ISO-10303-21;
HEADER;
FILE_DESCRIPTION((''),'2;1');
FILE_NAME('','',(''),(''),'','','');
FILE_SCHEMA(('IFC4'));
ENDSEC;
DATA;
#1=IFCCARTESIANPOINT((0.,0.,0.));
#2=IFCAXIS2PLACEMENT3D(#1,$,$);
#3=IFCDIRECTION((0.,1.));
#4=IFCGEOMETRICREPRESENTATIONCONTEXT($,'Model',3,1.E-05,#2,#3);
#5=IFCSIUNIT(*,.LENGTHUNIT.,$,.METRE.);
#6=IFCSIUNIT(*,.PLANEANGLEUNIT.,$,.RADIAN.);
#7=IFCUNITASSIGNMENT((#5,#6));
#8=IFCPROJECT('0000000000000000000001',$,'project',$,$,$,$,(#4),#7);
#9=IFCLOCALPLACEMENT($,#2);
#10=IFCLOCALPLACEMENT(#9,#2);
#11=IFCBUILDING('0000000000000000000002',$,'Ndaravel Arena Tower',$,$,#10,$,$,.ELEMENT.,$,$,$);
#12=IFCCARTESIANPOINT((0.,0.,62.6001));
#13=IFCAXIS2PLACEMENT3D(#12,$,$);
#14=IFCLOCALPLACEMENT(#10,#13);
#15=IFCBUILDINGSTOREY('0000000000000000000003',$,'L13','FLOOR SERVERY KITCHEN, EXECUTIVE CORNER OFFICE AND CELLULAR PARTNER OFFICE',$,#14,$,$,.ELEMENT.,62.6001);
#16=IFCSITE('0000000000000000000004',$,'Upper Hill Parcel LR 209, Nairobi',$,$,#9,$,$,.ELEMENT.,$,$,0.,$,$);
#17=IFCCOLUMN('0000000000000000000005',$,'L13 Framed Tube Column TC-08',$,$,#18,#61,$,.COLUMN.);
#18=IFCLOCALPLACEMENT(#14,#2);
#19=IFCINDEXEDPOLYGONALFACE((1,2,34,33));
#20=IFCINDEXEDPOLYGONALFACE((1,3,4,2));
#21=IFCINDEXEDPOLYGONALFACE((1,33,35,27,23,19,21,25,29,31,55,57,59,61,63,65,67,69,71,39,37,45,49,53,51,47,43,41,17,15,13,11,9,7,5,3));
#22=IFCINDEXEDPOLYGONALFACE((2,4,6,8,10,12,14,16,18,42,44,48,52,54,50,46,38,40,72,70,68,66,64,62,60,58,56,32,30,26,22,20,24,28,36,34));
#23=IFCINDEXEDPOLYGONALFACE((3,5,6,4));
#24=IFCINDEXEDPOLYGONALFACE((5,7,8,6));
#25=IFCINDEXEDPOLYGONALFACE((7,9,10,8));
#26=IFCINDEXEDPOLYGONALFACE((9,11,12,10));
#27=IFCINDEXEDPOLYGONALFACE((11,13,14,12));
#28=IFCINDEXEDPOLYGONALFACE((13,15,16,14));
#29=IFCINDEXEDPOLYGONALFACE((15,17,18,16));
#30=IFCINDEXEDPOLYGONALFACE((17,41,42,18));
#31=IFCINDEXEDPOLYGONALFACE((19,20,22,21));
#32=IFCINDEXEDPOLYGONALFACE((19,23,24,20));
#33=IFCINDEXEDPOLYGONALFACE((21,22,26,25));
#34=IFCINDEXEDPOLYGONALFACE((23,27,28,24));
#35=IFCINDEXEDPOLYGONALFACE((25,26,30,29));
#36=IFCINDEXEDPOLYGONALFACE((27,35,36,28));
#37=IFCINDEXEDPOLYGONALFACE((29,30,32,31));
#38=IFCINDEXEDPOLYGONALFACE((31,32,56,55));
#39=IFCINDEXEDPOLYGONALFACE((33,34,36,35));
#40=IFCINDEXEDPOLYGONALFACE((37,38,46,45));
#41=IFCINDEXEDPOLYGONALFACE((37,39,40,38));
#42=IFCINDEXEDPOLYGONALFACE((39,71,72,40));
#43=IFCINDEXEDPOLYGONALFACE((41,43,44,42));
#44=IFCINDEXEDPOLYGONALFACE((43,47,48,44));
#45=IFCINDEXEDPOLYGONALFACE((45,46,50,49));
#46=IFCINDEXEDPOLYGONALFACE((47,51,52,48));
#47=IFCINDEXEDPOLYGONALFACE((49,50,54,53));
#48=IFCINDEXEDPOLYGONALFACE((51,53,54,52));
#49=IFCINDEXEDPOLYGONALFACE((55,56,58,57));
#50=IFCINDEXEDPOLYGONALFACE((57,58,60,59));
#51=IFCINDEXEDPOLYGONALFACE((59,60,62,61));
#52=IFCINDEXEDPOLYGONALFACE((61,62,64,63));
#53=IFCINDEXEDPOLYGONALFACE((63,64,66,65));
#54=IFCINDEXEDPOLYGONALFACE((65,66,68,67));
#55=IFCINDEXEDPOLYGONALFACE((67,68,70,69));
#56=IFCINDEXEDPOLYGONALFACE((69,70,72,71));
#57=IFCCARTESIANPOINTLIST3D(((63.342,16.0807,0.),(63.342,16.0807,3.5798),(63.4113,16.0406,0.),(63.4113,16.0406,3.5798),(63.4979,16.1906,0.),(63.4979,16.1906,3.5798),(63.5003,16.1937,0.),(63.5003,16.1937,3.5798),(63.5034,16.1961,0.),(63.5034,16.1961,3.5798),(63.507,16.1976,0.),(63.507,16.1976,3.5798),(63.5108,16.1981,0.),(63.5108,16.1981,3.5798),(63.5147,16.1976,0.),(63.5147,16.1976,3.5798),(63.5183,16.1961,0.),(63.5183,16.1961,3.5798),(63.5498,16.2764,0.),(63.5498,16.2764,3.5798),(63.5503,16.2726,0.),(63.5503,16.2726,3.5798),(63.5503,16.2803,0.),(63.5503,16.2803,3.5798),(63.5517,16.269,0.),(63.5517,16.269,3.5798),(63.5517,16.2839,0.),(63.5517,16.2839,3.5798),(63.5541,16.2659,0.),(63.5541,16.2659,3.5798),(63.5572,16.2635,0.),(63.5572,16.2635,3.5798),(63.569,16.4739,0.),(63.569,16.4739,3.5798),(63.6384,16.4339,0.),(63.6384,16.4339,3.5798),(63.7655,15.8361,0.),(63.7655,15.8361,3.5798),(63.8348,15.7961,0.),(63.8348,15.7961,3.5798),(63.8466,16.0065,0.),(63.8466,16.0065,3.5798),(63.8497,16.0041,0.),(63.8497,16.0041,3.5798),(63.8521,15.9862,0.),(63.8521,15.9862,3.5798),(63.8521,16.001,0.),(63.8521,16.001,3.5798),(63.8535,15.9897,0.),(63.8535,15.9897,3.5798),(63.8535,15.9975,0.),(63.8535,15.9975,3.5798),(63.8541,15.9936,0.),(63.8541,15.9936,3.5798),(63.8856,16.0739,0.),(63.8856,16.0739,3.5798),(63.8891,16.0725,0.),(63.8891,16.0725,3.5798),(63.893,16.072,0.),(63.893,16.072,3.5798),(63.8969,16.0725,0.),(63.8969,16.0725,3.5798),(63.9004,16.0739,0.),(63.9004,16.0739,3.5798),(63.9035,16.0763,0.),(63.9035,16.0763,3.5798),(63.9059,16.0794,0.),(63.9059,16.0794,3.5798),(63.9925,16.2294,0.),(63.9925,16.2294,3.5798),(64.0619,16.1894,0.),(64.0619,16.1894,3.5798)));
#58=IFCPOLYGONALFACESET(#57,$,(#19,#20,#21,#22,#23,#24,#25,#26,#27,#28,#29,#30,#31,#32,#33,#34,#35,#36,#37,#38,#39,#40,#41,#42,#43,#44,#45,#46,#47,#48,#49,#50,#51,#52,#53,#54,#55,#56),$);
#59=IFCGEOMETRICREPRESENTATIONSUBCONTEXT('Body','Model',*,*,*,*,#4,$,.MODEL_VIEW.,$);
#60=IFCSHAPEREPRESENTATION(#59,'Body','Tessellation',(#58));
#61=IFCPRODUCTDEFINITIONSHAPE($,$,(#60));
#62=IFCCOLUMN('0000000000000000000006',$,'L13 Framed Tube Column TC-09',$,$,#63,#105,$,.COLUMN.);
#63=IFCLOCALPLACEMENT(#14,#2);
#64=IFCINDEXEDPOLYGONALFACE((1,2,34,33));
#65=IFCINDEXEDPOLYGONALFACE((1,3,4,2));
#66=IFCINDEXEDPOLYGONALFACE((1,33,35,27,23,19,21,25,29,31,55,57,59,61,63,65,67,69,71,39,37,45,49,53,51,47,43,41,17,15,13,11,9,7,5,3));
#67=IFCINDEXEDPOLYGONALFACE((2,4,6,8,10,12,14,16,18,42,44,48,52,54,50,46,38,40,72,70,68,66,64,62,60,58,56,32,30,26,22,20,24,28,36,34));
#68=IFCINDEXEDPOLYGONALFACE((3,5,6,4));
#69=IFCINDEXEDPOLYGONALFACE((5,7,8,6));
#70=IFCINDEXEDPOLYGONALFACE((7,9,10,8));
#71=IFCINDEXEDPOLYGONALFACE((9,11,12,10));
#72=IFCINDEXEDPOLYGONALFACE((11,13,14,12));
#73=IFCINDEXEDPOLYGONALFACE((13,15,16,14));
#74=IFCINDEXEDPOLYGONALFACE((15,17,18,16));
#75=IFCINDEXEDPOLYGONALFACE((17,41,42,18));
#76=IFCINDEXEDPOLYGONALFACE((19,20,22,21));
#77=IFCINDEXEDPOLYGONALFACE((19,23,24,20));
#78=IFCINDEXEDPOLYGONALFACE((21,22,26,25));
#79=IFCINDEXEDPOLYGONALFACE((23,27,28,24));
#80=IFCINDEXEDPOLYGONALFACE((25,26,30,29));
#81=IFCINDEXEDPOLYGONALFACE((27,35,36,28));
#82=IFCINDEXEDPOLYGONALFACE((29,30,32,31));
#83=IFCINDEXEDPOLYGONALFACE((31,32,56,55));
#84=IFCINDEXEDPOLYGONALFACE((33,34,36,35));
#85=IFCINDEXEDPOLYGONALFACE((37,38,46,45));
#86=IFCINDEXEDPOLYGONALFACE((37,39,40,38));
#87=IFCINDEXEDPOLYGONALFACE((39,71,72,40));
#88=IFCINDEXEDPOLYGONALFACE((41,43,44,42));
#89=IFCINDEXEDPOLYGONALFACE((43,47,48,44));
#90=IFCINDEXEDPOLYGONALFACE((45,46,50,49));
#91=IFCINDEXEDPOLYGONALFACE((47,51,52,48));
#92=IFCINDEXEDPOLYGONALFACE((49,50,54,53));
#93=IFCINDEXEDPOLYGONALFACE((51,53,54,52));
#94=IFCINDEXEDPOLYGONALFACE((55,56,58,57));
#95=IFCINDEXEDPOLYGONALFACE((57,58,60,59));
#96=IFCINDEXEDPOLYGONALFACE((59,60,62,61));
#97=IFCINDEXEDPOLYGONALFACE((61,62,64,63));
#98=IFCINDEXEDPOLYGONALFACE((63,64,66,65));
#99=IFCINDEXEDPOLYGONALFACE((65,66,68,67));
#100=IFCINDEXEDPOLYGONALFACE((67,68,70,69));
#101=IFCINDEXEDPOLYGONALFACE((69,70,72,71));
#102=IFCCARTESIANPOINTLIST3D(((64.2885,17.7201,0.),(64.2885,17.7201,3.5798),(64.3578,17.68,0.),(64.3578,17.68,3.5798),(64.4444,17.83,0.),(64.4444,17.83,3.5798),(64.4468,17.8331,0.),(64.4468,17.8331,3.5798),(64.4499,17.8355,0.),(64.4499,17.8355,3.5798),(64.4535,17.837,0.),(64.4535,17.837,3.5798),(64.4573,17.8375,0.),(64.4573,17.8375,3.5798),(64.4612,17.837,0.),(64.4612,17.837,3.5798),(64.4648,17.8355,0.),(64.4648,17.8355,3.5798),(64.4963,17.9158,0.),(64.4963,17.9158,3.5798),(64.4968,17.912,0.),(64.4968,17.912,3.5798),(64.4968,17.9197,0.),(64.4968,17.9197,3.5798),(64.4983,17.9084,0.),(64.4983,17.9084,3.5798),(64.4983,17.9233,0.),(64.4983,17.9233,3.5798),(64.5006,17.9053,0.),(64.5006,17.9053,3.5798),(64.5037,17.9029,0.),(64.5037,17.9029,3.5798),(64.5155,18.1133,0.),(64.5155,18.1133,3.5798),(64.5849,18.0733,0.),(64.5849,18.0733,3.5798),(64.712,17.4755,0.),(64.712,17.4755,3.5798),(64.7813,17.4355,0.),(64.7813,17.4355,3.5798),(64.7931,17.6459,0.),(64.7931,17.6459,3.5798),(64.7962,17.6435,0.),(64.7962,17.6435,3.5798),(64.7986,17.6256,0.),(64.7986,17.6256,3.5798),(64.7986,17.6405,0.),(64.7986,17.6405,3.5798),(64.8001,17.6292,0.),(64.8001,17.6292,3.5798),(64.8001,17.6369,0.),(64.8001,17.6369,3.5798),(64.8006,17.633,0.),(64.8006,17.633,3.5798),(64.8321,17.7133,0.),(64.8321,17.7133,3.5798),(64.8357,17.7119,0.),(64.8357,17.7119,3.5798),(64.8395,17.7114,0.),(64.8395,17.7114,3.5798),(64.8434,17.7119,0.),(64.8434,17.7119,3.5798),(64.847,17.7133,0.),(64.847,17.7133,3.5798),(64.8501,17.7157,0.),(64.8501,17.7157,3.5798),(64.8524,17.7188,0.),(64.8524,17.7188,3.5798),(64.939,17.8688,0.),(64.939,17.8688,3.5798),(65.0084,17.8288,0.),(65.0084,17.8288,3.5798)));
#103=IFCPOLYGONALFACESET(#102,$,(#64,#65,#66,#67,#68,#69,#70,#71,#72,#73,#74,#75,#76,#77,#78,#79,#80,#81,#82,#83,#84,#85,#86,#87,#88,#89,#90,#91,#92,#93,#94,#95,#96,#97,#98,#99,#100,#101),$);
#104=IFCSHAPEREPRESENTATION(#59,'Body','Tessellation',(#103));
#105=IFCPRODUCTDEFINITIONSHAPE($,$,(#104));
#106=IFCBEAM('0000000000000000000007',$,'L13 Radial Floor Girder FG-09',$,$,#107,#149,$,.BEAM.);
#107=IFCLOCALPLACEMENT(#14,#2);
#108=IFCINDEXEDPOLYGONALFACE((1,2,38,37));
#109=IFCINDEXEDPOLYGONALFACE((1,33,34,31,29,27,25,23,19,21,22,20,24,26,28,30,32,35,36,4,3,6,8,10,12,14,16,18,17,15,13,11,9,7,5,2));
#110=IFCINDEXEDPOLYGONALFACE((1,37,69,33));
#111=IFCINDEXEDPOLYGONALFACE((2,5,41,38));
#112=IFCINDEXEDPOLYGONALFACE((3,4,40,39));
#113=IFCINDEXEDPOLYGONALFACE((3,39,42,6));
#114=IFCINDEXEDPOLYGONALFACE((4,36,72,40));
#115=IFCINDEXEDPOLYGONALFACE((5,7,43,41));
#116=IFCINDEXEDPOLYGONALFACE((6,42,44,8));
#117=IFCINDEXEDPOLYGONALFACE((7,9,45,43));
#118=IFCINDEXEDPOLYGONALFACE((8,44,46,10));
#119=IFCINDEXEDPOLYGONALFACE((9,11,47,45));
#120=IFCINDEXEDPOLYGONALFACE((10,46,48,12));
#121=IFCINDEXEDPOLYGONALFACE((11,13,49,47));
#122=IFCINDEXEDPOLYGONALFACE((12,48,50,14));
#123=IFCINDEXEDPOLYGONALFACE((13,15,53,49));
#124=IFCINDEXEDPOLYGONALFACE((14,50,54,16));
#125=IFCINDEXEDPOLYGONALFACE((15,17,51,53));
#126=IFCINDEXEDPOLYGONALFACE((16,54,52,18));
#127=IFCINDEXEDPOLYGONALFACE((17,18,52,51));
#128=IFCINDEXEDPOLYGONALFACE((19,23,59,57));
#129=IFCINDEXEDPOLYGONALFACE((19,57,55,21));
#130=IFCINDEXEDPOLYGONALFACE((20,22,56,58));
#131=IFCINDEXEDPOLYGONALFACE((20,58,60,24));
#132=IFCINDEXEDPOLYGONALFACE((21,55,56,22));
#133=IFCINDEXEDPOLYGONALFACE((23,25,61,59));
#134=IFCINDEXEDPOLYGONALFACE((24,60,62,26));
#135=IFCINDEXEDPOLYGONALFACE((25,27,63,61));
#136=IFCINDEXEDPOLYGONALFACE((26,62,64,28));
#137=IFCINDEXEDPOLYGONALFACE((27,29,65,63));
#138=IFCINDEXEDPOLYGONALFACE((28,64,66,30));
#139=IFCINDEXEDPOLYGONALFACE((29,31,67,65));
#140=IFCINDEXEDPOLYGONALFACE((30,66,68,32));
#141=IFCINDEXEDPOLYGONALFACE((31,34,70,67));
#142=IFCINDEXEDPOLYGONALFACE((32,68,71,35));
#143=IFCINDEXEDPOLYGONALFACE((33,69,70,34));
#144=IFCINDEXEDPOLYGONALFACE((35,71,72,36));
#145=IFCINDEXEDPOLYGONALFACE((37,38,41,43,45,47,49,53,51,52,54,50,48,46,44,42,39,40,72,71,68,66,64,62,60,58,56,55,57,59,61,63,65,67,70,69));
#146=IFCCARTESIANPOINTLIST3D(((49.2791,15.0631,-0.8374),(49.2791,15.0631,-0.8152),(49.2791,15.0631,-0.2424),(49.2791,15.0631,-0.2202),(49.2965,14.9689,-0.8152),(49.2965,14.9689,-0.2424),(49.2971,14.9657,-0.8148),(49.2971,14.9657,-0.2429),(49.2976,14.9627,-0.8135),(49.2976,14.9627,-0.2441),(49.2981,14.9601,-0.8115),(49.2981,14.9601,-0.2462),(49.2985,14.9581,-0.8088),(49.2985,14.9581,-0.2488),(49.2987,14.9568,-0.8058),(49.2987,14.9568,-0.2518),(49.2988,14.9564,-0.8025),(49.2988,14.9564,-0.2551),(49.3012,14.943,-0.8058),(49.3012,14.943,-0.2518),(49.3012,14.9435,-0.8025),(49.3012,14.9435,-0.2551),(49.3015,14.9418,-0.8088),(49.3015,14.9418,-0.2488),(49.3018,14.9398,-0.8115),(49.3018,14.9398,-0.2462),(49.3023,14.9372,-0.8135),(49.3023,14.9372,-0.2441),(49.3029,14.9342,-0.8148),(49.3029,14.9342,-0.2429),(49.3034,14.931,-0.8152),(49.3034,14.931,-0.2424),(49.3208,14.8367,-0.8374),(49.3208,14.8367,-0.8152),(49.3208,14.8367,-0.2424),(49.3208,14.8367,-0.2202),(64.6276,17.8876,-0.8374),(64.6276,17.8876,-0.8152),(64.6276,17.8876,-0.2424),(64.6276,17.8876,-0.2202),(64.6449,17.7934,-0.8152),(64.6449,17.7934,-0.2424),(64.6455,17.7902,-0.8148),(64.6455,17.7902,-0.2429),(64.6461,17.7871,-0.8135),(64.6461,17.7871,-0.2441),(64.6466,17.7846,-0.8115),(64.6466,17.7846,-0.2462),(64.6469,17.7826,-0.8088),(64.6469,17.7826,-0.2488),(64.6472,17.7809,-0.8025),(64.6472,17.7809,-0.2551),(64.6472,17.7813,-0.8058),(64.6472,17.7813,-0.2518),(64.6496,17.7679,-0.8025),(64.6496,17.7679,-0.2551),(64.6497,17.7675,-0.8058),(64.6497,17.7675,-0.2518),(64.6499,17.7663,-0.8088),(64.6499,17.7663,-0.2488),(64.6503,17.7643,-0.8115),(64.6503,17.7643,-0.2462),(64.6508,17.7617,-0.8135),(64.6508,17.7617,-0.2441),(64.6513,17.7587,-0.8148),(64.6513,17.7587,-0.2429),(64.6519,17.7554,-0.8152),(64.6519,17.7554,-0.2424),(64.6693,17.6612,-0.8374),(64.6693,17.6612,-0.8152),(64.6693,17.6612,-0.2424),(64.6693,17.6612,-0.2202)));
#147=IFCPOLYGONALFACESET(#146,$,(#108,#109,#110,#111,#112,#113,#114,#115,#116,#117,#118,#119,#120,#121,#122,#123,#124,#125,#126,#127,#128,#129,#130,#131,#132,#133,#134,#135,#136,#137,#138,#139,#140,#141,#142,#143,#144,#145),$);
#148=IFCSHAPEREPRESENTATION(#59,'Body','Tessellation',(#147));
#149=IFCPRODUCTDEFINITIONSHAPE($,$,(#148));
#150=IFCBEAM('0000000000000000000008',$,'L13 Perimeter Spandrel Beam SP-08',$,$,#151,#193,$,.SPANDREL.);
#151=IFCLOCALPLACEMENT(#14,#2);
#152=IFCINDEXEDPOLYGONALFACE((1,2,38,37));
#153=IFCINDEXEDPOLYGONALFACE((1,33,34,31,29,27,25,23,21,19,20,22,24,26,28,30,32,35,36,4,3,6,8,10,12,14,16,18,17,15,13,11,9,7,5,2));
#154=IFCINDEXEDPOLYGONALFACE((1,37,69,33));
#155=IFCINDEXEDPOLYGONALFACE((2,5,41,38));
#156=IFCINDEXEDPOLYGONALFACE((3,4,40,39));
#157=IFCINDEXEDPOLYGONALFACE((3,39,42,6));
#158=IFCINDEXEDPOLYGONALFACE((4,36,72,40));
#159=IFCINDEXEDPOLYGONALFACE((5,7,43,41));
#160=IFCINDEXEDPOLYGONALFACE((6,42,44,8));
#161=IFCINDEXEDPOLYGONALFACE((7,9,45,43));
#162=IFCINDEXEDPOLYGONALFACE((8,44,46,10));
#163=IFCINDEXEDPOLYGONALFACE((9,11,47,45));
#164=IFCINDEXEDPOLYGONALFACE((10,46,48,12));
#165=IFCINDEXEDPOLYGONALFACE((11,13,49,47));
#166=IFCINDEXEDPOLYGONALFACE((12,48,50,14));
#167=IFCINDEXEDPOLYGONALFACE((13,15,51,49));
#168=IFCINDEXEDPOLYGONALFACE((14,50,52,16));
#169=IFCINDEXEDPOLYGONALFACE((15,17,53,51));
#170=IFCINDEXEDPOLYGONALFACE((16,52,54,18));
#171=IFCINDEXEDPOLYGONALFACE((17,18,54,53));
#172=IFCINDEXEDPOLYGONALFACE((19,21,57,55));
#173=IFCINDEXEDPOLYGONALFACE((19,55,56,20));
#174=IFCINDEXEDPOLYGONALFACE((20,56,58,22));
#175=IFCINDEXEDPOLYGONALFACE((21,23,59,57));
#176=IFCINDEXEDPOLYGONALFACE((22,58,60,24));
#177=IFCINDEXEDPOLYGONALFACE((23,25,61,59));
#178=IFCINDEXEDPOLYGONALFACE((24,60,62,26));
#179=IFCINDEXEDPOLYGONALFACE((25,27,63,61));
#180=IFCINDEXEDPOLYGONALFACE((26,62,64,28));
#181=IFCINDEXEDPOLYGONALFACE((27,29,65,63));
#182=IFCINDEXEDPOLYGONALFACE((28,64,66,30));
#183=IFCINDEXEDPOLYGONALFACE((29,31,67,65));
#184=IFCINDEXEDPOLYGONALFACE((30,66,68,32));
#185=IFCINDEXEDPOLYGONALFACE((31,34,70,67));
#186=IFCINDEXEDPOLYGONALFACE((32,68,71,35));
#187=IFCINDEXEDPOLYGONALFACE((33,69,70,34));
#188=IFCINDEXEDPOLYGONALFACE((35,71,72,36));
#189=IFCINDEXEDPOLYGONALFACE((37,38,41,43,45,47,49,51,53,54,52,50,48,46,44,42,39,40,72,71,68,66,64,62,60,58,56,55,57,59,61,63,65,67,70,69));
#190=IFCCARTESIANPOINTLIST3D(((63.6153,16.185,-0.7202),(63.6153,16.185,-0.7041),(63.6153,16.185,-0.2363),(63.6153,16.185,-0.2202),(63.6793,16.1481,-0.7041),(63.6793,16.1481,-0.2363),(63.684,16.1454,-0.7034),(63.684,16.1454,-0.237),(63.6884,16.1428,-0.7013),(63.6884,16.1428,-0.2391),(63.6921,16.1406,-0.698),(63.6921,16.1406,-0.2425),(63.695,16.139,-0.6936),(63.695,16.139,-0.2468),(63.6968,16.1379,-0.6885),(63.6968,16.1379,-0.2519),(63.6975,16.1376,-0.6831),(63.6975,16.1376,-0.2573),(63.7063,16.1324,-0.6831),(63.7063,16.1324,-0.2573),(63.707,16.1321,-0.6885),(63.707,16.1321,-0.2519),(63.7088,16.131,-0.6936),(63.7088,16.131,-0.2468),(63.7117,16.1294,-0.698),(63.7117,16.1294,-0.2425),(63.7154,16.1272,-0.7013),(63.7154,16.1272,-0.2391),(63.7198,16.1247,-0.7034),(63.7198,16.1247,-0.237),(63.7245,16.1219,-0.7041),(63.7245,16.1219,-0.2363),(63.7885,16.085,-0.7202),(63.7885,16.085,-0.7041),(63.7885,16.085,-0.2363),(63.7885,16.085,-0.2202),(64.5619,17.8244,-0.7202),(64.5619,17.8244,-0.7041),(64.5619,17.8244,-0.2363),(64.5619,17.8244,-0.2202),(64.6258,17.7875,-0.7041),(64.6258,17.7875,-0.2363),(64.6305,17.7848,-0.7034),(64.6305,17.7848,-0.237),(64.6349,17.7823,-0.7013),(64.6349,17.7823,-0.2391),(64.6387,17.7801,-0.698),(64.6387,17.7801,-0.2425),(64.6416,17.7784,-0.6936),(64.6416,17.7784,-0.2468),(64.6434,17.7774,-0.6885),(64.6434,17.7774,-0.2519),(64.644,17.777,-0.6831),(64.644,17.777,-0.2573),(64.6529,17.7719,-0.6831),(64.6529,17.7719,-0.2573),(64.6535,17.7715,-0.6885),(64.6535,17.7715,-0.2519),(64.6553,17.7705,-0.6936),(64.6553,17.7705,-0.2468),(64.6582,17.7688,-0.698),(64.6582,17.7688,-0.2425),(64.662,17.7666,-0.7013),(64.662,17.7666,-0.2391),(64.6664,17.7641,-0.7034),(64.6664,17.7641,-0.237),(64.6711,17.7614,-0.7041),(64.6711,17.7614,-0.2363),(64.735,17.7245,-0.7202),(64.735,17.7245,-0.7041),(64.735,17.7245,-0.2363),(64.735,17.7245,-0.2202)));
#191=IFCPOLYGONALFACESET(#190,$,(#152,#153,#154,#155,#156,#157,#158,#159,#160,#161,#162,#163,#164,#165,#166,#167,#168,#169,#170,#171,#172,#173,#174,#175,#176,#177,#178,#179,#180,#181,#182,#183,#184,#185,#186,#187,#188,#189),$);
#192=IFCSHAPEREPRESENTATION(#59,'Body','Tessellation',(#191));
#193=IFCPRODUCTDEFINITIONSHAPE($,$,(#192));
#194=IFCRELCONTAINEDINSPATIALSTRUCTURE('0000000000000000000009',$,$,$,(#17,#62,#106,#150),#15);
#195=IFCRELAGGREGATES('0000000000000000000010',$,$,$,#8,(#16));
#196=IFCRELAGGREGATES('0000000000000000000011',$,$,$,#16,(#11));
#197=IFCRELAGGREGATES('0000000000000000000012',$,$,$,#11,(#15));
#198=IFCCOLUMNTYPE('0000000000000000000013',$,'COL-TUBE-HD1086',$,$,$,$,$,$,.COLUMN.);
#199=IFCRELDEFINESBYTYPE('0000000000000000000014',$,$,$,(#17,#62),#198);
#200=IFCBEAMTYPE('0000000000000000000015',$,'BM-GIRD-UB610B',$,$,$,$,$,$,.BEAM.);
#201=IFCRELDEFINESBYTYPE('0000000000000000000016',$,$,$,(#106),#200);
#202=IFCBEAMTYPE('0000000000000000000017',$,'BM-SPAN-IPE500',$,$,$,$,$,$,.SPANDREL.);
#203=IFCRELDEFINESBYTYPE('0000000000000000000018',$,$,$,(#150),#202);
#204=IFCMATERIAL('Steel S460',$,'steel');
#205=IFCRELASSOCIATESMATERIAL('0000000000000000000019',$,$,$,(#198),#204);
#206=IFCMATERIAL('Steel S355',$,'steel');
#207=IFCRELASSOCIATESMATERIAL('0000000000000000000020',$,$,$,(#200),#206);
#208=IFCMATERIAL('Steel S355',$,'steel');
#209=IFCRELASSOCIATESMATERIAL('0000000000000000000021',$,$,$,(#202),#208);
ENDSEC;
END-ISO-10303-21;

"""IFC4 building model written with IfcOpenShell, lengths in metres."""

from ifc_helpers import new_model, si_unit, direction, frame, origin, origin_2d, place, context, subcontext, project, spatial, i_section, extrude, material, material_profile, profile_set, type_object, element, save


model = new_model("IFC4")

# Units and contexts
model_context = context("Model", 3, precision=1e-05, world=origin(), true_north=direction((0.0, 1.0)))
body_context = subcontext(model_context, "Body", "Model", "MODEL_VIEW")
ifc_project = project(units=[si_unit("LENGTHUNIT", "METRE"), si_unit("PLANEANGLEUNIT", "RADIAN")], contexts=[model_context])

# Site, building, storey
site_placement = place(None, origin())
site = spatial("IfcSite", under=ifc_project, at=site_placement, Name="Upper Hill Parcel LR 209, Nairobi", CompositionType="ELEMENT", RefElevation=0.0)
building_placement = place(site_placement, origin())
building = spatial("IfcBuilding", under=site, at=building_placement, Name="Ndaravel Arena Tower", CompositionType="ELEMENT")
storey_placement = place(building_placement, frame((0.0, 0.0, 62.6001)))
storey = spatial("IfcBuildingStorey", under=building, at=storey_placement, Name="L13", Description="FLOOR SERVERY KITCHEN, EXECUTIVE CORNER OFFICE AND CELLULAR PARTNER OFFICE", CompositionType="ELEMENT", Elevation=62.6001)

# Columns
ifc_material_1 = material(Name="Steel S460", Category="steel")
ifc_material_profile_1 = material_profile(ifc_material_1, i_section(OverallWidth=0.4541, OverallDepth=0.5691, WebThickness=0.0779, FlangeThickness=0.0801, FilletRadius=0.0149, at=origin_2d()), Name="HD 400x1086")
ifc_profile_set_1 = profile_set([ifc_material_profile_1], Name="Steel S460")
column_type = type_object("IfcColumnType", Name="COL-TUBE-HD1086", PredefinedType="COLUMN", material=ifc_profile_set_1)
for number, where, z_axis, x_axis, name in (
    (1, (63.7019, 16.135, 0.0), (0.0, 0.0, 1.0), (0.5, 0.866025, 0.0), "L13 Framed Tube Column TC-08"),
    (2, (64.6484, 17.7744, 0.0), (0.0, 0.0, 1.0), (0.5, 0.866025, 0.0), "L13 Framed Tube Column TC-09"),
):
    element("IfcColumn", number, at=place(storey_placement, frame(where, z_axis=z_axis, x_axis=x_axis)), inside=storey, type_object=column_type, Name=name, PredefinedType="COLUMN", context=body_context, shape_type="SweptSolid", body=[
        extrude(i_section(OverallWidth=0.4541, OverallDepth=0.5691, WebThickness=0.0779, FlangeThickness=0.0801, FilletRadius=0.0149, at=origin_2d()), origin(), (0.0, 0.0, 1.0), 3.5798),
    ])

# Beams
ifc_material_2 = material(Name="Steel S355", Category="steel")
ifc_material_profile_2 = material_profile(ifc_material_2, i_section(OverallWidth=0.2302, OverallDepth=0.6172, WebThickness=0.0132, FlangeThickness=0.0222, FilletRadius=0.0127, at=origin_2d()), Name="UB 610x229x140")
ifc_profile_set_2 = profile_set([ifc_material_profile_2], Name="Steel S355")
beam_type_1 = type_object("IfcBeamType", Name="BM-GIRD-UB610B", PredefinedType="BEAM", material=ifc_profile_set_2)
beam_1_placement = place(storey_placement, frame((64.6484, 17.7744, -0.5288), z_axis=(-0.983486, -0.180984, 0.0), x_axis=(0.180984, -0.983486, 0.0)))
element("IfcBeam", 3, at=beam_1_placement, inside=storey, type_object=beam_type_1, Name="L13 Radial Floor Girder FG-09", PredefinedType="BEAM", context=body_context, shape_type="SweptSolid", body=[
    extrude(i_section(OverallWidth=0.2302, OverallDepth=0.6172, WebThickness=0.0132, FlangeThickness=0.0222, FilletRadius=0.0127, at=origin_2d()), origin(), (0.0, 0.0, 1.0), 15.6062),
])
ifc_material_3 = material(Name="Steel S355", Category="steel")
ifc_material_profile_3 = material_profile(ifc_material_3, i_section(OverallWidth=0.2, OverallDepth=0.5, WebThickness=0.0103, FlangeThickness=0.0161, FilletRadius=0.021, at=origin_2d()), Name="IPE 500")
ifc_profile_set_3 = profile_set([ifc_material_profile_3], Name="Steel S355")
beam_type_2 = type_object("IfcBeamType", Name="BM-SPAN-IPE500", PredefinedType="SPANDREL", material=ifc_profile_set_3)
beam_2_placement = place(storey_placement, frame((63.7019, 16.135, -0.4702), z_axis=(0.500009, 0.86602, 0.0), x_axis=(-0.86602, 0.500009, 0.0)))
element("IfcBeam", 4, at=beam_2_placement, inside=storey, type_object=beam_type_2, Name="L13 Perimeter Spandrel Beam SP-08", PredefinedType="SPANDREL", context=body_context, shape_type="SweptSolid", body=[
    extrude(i_section(OverallWidth=0.2, OverallDepth=0.5, WebThickness=0.0103, FlangeThickness=0.0161, FilletRadius=0.021, at=origin_2d()), origin(), (0.0, 0.0, 1.0), 1.8931),
])

save(model, "model.ifc")
